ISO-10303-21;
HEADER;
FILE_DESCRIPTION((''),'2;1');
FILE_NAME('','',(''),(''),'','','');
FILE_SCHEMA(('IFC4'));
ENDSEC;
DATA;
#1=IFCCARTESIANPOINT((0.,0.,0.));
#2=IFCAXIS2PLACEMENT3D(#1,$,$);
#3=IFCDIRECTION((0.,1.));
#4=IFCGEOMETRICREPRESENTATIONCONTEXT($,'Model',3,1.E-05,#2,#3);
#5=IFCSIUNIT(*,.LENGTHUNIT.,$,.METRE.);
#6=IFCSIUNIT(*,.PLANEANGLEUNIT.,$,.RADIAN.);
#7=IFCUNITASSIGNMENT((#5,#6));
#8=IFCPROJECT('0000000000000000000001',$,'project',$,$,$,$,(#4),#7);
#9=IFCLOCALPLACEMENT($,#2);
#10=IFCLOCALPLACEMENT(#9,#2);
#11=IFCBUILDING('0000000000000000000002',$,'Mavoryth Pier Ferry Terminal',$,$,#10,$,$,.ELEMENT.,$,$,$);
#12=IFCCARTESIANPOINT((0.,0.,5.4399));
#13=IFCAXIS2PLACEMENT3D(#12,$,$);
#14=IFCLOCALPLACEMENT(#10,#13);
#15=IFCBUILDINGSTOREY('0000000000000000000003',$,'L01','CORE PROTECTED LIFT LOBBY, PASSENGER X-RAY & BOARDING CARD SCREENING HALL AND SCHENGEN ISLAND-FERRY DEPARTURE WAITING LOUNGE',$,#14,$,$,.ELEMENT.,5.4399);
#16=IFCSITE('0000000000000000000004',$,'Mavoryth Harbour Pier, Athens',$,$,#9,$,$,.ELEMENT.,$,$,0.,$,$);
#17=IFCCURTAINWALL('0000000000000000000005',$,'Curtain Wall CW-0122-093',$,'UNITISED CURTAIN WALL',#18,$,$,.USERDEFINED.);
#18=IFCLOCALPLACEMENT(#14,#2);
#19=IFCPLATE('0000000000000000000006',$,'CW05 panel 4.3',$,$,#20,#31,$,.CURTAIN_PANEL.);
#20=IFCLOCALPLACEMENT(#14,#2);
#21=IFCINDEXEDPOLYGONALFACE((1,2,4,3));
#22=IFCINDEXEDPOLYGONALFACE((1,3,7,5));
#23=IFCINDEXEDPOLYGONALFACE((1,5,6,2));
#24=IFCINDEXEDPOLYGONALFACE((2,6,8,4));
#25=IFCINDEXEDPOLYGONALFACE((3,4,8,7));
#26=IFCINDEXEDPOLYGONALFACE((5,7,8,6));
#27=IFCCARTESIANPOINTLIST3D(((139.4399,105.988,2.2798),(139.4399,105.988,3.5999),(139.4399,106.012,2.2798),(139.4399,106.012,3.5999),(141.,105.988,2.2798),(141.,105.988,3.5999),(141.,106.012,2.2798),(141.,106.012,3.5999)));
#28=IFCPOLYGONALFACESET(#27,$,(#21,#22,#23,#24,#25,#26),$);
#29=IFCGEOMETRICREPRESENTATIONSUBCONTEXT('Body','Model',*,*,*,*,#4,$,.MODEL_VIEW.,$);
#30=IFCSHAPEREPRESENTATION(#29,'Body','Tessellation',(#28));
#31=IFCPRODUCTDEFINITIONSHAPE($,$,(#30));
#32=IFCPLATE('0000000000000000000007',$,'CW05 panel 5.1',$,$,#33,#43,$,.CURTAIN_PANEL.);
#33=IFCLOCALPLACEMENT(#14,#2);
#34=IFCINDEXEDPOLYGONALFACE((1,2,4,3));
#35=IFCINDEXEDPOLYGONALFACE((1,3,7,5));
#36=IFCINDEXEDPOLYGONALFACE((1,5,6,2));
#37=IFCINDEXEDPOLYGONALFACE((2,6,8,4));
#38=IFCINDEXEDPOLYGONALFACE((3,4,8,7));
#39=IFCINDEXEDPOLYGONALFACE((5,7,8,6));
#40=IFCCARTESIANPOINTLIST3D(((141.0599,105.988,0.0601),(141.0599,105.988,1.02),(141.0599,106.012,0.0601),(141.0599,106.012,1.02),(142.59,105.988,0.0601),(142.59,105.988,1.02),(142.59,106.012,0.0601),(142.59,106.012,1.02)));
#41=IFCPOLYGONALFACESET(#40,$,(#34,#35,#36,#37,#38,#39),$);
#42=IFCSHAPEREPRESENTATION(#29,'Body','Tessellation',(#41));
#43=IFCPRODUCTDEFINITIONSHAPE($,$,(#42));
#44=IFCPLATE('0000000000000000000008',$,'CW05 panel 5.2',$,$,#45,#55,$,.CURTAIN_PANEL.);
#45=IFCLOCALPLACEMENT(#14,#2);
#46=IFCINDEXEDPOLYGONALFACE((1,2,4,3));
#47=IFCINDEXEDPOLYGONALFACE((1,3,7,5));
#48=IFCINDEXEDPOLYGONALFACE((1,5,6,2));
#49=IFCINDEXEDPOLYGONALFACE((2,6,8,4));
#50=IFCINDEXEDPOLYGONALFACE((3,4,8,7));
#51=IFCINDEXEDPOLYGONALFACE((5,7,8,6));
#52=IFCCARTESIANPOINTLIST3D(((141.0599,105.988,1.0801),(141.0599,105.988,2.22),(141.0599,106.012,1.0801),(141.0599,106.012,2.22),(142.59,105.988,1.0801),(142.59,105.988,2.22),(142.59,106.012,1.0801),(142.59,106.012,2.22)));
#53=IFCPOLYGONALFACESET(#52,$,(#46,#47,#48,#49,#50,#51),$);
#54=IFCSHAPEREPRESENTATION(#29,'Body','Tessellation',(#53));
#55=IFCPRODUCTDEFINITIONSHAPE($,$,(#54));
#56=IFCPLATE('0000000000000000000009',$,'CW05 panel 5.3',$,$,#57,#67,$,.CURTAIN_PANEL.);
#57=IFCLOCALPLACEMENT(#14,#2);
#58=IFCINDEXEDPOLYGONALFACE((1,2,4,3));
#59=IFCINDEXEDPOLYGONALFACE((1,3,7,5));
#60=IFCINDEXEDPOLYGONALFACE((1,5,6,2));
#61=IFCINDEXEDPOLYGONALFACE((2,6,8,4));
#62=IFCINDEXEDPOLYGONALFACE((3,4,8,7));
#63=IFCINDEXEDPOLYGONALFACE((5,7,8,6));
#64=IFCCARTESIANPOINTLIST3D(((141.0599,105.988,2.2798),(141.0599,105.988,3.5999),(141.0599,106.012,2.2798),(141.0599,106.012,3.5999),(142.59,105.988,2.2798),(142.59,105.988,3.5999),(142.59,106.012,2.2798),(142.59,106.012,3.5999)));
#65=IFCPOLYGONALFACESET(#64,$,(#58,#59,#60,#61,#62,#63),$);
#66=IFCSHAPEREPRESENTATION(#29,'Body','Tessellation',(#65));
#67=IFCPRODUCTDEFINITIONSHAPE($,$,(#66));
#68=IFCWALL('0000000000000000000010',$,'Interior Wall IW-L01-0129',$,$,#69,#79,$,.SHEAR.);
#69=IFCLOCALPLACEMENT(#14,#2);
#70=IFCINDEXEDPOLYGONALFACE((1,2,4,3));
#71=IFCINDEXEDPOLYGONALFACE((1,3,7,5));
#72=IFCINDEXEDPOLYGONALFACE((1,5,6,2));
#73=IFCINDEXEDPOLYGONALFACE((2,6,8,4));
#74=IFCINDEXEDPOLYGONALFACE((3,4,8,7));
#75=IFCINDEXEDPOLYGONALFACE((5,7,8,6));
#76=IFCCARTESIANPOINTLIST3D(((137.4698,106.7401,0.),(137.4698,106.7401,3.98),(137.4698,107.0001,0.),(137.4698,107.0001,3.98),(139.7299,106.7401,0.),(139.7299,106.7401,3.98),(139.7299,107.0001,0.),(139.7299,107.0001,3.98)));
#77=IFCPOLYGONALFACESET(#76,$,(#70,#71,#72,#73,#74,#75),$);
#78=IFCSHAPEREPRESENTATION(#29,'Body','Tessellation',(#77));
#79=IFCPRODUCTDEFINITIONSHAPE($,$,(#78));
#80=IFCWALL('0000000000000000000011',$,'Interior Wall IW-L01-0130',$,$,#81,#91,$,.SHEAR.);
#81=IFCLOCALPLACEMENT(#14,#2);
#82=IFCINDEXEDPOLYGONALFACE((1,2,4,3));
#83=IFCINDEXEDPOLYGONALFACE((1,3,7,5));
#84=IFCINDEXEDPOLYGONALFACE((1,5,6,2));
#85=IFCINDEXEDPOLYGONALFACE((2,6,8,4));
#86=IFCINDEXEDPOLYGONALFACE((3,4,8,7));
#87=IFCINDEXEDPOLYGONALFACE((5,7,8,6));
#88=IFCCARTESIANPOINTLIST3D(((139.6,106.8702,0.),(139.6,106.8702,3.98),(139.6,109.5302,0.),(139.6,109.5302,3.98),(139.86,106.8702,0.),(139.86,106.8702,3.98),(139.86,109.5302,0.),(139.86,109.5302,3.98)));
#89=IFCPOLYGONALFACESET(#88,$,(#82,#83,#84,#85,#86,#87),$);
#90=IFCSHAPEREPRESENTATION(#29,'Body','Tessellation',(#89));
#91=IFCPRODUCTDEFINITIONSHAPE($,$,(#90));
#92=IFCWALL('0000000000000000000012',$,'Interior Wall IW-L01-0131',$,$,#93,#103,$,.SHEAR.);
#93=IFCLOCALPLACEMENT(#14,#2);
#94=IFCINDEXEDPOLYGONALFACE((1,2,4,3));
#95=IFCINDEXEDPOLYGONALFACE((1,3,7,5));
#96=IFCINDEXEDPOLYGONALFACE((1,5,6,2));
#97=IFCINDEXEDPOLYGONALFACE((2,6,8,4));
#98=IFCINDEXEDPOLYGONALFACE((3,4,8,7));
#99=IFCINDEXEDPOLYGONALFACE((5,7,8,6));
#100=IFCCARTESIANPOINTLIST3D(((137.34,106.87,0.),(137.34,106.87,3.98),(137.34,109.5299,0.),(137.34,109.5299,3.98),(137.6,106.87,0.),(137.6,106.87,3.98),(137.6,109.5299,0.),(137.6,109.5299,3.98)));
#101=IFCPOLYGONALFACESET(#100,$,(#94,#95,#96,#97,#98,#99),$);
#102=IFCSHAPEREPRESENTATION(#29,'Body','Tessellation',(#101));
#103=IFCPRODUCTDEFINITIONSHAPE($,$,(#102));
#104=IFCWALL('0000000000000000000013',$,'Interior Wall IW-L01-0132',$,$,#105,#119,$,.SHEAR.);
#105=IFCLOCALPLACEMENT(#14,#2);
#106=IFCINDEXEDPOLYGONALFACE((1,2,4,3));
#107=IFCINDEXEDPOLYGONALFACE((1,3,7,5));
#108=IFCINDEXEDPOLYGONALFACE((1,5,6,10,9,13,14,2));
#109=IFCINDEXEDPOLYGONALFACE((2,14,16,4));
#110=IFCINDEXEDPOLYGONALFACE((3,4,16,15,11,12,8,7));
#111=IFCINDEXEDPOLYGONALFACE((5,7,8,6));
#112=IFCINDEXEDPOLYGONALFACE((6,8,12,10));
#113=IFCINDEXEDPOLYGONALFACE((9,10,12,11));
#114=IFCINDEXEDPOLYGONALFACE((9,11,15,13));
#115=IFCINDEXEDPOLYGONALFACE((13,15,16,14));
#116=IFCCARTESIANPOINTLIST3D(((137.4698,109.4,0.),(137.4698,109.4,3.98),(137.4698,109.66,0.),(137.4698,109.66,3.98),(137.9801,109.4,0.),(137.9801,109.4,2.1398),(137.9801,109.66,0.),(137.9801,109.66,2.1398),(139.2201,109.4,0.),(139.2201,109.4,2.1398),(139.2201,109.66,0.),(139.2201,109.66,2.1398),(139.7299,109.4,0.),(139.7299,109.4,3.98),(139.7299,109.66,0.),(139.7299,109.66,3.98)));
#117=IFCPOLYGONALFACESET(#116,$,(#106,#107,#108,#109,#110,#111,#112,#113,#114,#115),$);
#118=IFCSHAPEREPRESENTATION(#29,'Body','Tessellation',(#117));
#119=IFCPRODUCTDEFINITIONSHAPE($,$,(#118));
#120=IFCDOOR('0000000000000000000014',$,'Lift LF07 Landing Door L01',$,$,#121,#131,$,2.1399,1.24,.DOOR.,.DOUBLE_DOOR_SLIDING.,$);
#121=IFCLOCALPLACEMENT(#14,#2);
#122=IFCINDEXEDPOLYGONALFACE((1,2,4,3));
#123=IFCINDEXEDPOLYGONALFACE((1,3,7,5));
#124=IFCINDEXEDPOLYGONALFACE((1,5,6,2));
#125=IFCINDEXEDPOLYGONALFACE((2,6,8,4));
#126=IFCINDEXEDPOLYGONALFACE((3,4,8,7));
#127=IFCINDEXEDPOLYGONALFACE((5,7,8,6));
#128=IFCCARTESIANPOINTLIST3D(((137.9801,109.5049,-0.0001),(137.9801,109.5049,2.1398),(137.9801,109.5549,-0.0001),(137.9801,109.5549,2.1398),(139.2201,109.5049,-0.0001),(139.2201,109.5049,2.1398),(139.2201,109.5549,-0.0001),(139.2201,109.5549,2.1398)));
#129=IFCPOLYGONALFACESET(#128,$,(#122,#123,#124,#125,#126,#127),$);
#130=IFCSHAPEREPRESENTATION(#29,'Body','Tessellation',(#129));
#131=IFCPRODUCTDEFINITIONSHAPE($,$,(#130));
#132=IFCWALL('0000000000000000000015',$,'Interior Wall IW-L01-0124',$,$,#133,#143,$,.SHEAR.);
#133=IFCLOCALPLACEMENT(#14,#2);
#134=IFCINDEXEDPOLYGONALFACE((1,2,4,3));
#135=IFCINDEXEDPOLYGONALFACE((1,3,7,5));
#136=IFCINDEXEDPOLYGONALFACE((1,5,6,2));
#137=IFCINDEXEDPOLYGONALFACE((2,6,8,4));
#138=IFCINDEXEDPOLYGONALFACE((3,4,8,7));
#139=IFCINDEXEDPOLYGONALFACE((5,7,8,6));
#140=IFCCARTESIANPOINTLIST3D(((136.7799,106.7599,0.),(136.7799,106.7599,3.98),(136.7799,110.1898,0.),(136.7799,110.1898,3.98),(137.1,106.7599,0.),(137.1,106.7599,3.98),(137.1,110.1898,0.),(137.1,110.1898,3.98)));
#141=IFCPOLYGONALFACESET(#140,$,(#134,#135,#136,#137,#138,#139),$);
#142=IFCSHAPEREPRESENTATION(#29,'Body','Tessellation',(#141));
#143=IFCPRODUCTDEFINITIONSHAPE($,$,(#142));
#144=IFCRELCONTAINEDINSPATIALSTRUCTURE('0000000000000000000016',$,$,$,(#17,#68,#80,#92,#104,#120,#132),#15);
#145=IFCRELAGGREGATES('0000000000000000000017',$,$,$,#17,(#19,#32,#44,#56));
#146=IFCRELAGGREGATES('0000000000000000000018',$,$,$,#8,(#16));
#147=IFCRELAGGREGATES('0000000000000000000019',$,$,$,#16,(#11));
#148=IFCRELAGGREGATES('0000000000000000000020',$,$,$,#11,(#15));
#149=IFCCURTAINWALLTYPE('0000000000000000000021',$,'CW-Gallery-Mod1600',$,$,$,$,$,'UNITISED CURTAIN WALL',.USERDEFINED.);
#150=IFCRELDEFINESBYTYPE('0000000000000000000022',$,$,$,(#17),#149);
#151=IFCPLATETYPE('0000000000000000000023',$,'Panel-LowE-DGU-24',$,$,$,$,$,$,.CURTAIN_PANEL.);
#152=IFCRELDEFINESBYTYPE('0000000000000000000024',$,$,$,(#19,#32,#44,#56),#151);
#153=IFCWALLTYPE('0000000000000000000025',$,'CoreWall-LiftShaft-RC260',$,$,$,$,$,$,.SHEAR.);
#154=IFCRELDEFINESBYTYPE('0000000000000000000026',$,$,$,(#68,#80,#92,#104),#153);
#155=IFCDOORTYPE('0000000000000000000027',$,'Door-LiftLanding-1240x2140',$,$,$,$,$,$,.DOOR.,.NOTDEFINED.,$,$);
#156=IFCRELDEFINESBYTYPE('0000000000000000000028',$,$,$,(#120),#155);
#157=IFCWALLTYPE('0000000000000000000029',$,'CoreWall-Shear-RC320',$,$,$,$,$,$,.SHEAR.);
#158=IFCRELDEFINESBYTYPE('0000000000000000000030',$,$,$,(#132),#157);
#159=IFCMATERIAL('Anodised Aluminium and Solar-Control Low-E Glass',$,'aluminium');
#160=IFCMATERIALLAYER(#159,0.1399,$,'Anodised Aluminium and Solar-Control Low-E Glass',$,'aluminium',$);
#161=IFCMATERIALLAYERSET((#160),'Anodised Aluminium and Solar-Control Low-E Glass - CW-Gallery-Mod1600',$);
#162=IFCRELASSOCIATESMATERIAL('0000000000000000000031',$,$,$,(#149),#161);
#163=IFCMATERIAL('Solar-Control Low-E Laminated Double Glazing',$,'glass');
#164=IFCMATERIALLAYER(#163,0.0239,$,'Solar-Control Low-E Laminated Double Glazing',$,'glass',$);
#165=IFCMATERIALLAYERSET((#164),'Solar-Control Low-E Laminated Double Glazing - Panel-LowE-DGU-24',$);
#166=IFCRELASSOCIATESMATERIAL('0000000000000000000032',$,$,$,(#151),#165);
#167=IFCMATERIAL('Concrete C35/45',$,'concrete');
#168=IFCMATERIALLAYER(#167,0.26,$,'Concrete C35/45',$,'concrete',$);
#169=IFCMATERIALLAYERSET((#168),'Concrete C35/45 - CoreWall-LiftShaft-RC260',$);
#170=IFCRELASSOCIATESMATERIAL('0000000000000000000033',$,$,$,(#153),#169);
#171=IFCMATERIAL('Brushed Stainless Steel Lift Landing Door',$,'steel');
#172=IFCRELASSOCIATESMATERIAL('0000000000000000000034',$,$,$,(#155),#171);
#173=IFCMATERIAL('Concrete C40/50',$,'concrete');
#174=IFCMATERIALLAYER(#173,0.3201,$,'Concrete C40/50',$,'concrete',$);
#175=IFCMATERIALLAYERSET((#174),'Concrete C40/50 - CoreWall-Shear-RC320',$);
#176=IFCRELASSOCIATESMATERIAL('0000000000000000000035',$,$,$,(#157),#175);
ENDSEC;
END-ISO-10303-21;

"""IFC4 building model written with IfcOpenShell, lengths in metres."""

from ifc_helpers import new_model, si_unit, direction, frame, frame_2d, origin, origin_2d, place, context, subcontext, project, spatial, rectangle, extrude, material, layer, layer_set, type_object, element, fill, aggregate, save


model = new_model("IFC4")

# Units and contexts
model_context = context("Model", 3, precision=1e-05, world=origin(), true_north=direction((0.0, 1.0)))
body_context = subcontext(model_context, "Body", "Model", "MODEL_VIEW")
ifc_project = project(units=[si_unit("LENGTHUNIT", "METRE"), si_unit("PLANEANGLEUNIT", "RADIAN")], contexts=[model_context])

# Site, building, storey
site_placement = place(None, origin())
site = spatial("IfcSite", under=ifc_project, at=site_placement, Name="Mavoryth Harbour Pier, Athens", CompositionType="ELEMENT", RefElevation=0.0)
building_placement = place(site_placement, origin())
building = spatial("IfcBuilding", under=site, at=building_placement, Name="Mavoryth Pier Ferry Terminal", CompositionType="ELEMENT")
storey_placement = place(building_placement, frame((0.0, 0.0, 5.4399)))
storey = spatial("IfcBuildingStorey", under=building, at=storey_placement, Name="L01", Description="CORE PROTECTED LIFT LOBBY, PASSENGER X-RAY & BOARDING CARD SCREENING HALL AND SCHENGEN ISLAND-FERRY DEPARTURE WAITING LOUNGE", CompositionType="ELEMENT", Elevation=5.4399)

# Curtain wall
ifc_material_1 = material(Name="Anodised Aluminium and Solar-Control Low-E Glass", Category="aluminium")
ifc_layer_1 = layer(ifc_material_1, 0.1399, Name="Anodised Aluminium and Solar-Control Low-E Glass", Category="aluminium")
ifc_layer_set_1 = layer_set([ifc_layer_1], Name="Anodised Aluminium and Solar-Control Low-E Glass - CW-Gallery-Mod1600")
curtain_wall_type = type_object("IfcCurtainWallType", Name="CW-Gallery-Mod1600", ElementType="UNITISED CURTAIN WALL", PredefinedType="USERDEFINED", material=ifc_layer_set_1)
curtain_wall_1_placement = place(storey_placement, origin())
curtain_wall_1 = element("IfcCurtainWall", 1, at=curtain_wall_1_placement, inside=storey, type_object=curtain_wall_type, Name="Curtain Wall CW-0122-093", ObjectType="UNITISED CURTAIN WALL", PredefinedType="USERDEFINED")

# Shared definitions
ifc_material_2 = material(Name="Solar-Control Low-E Laminated Double Glazing", Category="glass")
ifc_layer_2 = layer(ifc_material_2, 0.0239, Name="Solar-Control Low-E Laminated Double Glazing", Category="glass")
ifc_layer_set_2 = layer_set([ifc_layer_2], Name="Solar-Control Low-E Laminated Double Glazing - Panel-LowE-DGU-24")
plate_type = type_object("IfcPlateType", Name="Panel-LowE-DGU-24", PredefinedType="CURTAIN_PANEL", material=ifc_layer_set_2)

# Plates
plate_1_placement = place(storey_placement, frame((140.22, 106.0, 2.2798), z_axis=(0.0, 0.0, 1.0), x_axis=(1.0, 0.0, 0.0)))
plate_1 = element("IfcPlate", 2, at=plate_1_placement, type_object=plate_type, Name="CW05 panel 4.3", PredefinedType="CURTAIN_PANEL", context=body_context, shape_type="SweptSolid", body=[
    extrude(rectangle(XDim=1.5601, YDim=0.0239, at=origin_2d()), origin(), (0.0, 0.0, 1.0), 1.3201),
])
plate_2_placement = place(storey_placement, frame((141.825, 106.0, 0.0601), z_axis=(0.0, 0.0, 1.0), x_axis=(1.0, 0.0, 0.0)))
plate_2 = element("IfcPlate", 3, at=plate_2_placement, type_object=plate_type, Name="CW05 panel 5.1", PredefinedType="CURTAIN_PANEL", context=body_context, shape_type="SweptSolid", body=[
    extrude(rectangle(XDim=1.53, YDim=0.0239, at=origin_2d()), origin(), (0.0, 0.0, 1.0), 0.96),
])
plate_3_placement = place(storey_placement, frame((141.825, 106.0, 1.0801), z_axis=(0.0, 0.0, 1.0), x_axis=(1.0, 0.0, 0.0)))
plate_3 = element("IfcPlate", 4, at=plate_3_placement, type_object=plate_type, Name="CW05 panel 5.2", PredefinedType="CURTAIN_PANEL", context=body_context, shape_type="SweptSolid", body=[
    extrude(rectangle(XDim=1.53, YDim=0.0239, at=origin_2d()), origin(), (0.0, 0.0, 1.0), 1.1399),
])
plate_4_placement = place(storey_placement, frame((141.825, 106.0, 2.2798), z_axis=(0.0, 0.0, 1.0), x_axis=(1.0, 0.0, 0.0)))
plate_4 = element("IfcPlate", 5, at=plate_4_placement, type_object=plate_type, Name="CW05 panel 5.3", PredefinedType="CURTAIN_PANEL", context=body_context, shape_type="SweptSolid", body=[
    extrude(rectangle(XDim=1.53, YDim=0.0239, at=origin_2d()), origin(), (0.0, 0.0, 1.0), 1.3201),
])
aggregate(curtain_wall_1, [plate_1, plate_2, plate_3, plate_4])

# Walls
ifc_material_3 = material(Name="Concrete C35/45", Category="concrete")
ifc_layer_3 = layer(ifc_material_3, 0.26, Name="Concrete C35/45", Category="concrete")
ifc_layer_set_3 = layer_set([ifc_layer_3], Name="Concrete C35/45 - CoreWall-LiftShaft-RC260")
wall_type_1 = type_object("IfcWallType", Name="CoreWall-LiftShaft-RC260", PredefinedType="SHEAR", material=ifc_layer_set_3)
wall_1_placement = place(storey_placement, frame((137.47, 106.8701, 0.0), z_axis=(0.0, 0.0, 1.0), x_axis=(1.0, 0.0, 0.0)))
element("IfcWall", 6, at=wall_1_placement, inside=storey, type_object=wall_type_1, Name="Interior Wall IW-L01-0129", PredefinedType="SHEAR", context=body_context, shape_type="SweptSolid", body=[
    extrude(rectangle(XDim=2.26, YDim=0.26, at=frame_2d((1.1299, 0.0))), origin(), (0.0, 0.0, 1.0), 3.98),
])
for number, where, z_axis, x_axis, name in (
    (7, (139.73, 106.8701, 0.0), (0.0, 0.0, 1.0), (0.0, 1.0, 0.0), "Interior Wall IW-L01-0130"),
    (8, (137.47, 109.53, 0.0), (0.0, 0.0, 1.0), (0.0, -1.0, 0.0), "Interior Wall IW-L01-0131"),
):
    element("IfcWall", number, at=place(storey_placement, frame(where, z_axis=z_axis, x_axis=x_axis)), inside=storey, type_object=wall_type_1, Name=name, PredefinedType="SHEAR", context=body_context, shape_type="SweptSolid", body=[
        extrude(rectangle(XDim=2.6599, YDim=0.26, at=frame_2d((1.3301, 0.0))), origin(), (0.0, 0.0, 1.0), 3.98),
    ])

# Wall, opening, door
wall_2_placement = place(storey_placement, frame((137.47, 109.53, 0.0), z_axis=(0.0, 0.0, 1.0), x_axis=(1.0, 0.0, 0.0)))
wall_2 = element("IfcWall", 9, at=wall_2_placement, inside=storey, type_object=wall_type_1, Name="Interior Wall IW-L01-0132", PredefinedType="SHEAR", context=body_context, shape_type="SweptSolid", body=[
    extrude(rectangle(XDim=2.26, YDim=0.26, at=frame_2d((1.1299, 0.0))), origin(), (0.0, 0.0, 1.0), 3.98),
])
opening_placement = place(wall_2_placement, frame((0.51, 0.0, 0.0)))
opening = element("IfcOpeningElement", 10, at=opening_placement, cuts=wall_2, PredefinedType="OPENING", context=body_context, shape_type="SweptSolid", body=[
    extrude(rectangle(XDim=1.24, YDim=2.1399, at=frame_2d((0.6201, 1.0698))), frame((0.0, 0.1399, 0.0), z_axis=(0.0, -1.0, 0.0), x_axis=(1.0, 0.0, 0.0)), (0.0, 0.0, 1.0), 0.28),
])
ifc_material_4 = material(Name="Brushed Stainless Steel Lift Landing Door", Category="steel")
door_type = type_object("IfcDoorType", Name="Door-LiftLanding-1240x2140", OperationType="NOTDEFINED", PredefinedType="DOOR", material=ifc_material_4)
door_placement = place(opening_placement, origin())
door = element("IfcDoor", 11, at=door_placement, inside=storey, type_object=door_type, Name="Lift LF07 Landing Door L01", OperationType="DOUBLE_DOOR_SLIDING", OverallHeight=2.1399, OverallWidth=1.24, PredefinedType="DOOR", context=body_context, shape_type="SweptSolid", body=[
    extrude(rectangle(XDim=1.24, YDim=2.1399, at=frame_2d((0.6201, 1.0698))), frame((0.0, 0.0249, 0.0), z_axis=(0.0, -1.0, 0.0), x_axis=(1.0, 0.0, 0.0)), (0.0, 0.0, 1.0), 0.05),
])
fill(opening, door)

# Wall
ifc_material_5 = material(Name="Concrete C40/50", Category="concrete")
ifc_layer_4 = layer(ifc_material_5, 0.3201, Name="Concrete C40/50", Category="concrete")
ifc_layer_set_4 = layer_set([ifc_layer_4], Name="Concrete C40/50 - CoreWall-Shear-RC320")
wall_type_2 = type_object("IfcWallType", Name="CoreWall-Shear-RC320", PredefinedType="SHEAR", material=ifc_layer_set_4)
wall_3_placement = place(storey_placement, frame((136.9399, 106.76, 0.0), z_axis=(0.0, 0.0, 1.0), x_axis=(0.0, 1.0, 0.0)))
element("IfcWall", 12, at=wall_3_placement, inside=storey, type_object=wall_type_2, Name="Interior Wall IW-L01-0124", PredefinedType="SHEAR", context=body_context, shape_type="SweptSolid", body=[
    extrude(rectangle(XDim=3.4299, YDim=0.3201, at=frame_2d((1.7148, 0.0))), origin(), (0.0, 0.0, 1.0), 3.98),
])

save(model, "model.ifc")
